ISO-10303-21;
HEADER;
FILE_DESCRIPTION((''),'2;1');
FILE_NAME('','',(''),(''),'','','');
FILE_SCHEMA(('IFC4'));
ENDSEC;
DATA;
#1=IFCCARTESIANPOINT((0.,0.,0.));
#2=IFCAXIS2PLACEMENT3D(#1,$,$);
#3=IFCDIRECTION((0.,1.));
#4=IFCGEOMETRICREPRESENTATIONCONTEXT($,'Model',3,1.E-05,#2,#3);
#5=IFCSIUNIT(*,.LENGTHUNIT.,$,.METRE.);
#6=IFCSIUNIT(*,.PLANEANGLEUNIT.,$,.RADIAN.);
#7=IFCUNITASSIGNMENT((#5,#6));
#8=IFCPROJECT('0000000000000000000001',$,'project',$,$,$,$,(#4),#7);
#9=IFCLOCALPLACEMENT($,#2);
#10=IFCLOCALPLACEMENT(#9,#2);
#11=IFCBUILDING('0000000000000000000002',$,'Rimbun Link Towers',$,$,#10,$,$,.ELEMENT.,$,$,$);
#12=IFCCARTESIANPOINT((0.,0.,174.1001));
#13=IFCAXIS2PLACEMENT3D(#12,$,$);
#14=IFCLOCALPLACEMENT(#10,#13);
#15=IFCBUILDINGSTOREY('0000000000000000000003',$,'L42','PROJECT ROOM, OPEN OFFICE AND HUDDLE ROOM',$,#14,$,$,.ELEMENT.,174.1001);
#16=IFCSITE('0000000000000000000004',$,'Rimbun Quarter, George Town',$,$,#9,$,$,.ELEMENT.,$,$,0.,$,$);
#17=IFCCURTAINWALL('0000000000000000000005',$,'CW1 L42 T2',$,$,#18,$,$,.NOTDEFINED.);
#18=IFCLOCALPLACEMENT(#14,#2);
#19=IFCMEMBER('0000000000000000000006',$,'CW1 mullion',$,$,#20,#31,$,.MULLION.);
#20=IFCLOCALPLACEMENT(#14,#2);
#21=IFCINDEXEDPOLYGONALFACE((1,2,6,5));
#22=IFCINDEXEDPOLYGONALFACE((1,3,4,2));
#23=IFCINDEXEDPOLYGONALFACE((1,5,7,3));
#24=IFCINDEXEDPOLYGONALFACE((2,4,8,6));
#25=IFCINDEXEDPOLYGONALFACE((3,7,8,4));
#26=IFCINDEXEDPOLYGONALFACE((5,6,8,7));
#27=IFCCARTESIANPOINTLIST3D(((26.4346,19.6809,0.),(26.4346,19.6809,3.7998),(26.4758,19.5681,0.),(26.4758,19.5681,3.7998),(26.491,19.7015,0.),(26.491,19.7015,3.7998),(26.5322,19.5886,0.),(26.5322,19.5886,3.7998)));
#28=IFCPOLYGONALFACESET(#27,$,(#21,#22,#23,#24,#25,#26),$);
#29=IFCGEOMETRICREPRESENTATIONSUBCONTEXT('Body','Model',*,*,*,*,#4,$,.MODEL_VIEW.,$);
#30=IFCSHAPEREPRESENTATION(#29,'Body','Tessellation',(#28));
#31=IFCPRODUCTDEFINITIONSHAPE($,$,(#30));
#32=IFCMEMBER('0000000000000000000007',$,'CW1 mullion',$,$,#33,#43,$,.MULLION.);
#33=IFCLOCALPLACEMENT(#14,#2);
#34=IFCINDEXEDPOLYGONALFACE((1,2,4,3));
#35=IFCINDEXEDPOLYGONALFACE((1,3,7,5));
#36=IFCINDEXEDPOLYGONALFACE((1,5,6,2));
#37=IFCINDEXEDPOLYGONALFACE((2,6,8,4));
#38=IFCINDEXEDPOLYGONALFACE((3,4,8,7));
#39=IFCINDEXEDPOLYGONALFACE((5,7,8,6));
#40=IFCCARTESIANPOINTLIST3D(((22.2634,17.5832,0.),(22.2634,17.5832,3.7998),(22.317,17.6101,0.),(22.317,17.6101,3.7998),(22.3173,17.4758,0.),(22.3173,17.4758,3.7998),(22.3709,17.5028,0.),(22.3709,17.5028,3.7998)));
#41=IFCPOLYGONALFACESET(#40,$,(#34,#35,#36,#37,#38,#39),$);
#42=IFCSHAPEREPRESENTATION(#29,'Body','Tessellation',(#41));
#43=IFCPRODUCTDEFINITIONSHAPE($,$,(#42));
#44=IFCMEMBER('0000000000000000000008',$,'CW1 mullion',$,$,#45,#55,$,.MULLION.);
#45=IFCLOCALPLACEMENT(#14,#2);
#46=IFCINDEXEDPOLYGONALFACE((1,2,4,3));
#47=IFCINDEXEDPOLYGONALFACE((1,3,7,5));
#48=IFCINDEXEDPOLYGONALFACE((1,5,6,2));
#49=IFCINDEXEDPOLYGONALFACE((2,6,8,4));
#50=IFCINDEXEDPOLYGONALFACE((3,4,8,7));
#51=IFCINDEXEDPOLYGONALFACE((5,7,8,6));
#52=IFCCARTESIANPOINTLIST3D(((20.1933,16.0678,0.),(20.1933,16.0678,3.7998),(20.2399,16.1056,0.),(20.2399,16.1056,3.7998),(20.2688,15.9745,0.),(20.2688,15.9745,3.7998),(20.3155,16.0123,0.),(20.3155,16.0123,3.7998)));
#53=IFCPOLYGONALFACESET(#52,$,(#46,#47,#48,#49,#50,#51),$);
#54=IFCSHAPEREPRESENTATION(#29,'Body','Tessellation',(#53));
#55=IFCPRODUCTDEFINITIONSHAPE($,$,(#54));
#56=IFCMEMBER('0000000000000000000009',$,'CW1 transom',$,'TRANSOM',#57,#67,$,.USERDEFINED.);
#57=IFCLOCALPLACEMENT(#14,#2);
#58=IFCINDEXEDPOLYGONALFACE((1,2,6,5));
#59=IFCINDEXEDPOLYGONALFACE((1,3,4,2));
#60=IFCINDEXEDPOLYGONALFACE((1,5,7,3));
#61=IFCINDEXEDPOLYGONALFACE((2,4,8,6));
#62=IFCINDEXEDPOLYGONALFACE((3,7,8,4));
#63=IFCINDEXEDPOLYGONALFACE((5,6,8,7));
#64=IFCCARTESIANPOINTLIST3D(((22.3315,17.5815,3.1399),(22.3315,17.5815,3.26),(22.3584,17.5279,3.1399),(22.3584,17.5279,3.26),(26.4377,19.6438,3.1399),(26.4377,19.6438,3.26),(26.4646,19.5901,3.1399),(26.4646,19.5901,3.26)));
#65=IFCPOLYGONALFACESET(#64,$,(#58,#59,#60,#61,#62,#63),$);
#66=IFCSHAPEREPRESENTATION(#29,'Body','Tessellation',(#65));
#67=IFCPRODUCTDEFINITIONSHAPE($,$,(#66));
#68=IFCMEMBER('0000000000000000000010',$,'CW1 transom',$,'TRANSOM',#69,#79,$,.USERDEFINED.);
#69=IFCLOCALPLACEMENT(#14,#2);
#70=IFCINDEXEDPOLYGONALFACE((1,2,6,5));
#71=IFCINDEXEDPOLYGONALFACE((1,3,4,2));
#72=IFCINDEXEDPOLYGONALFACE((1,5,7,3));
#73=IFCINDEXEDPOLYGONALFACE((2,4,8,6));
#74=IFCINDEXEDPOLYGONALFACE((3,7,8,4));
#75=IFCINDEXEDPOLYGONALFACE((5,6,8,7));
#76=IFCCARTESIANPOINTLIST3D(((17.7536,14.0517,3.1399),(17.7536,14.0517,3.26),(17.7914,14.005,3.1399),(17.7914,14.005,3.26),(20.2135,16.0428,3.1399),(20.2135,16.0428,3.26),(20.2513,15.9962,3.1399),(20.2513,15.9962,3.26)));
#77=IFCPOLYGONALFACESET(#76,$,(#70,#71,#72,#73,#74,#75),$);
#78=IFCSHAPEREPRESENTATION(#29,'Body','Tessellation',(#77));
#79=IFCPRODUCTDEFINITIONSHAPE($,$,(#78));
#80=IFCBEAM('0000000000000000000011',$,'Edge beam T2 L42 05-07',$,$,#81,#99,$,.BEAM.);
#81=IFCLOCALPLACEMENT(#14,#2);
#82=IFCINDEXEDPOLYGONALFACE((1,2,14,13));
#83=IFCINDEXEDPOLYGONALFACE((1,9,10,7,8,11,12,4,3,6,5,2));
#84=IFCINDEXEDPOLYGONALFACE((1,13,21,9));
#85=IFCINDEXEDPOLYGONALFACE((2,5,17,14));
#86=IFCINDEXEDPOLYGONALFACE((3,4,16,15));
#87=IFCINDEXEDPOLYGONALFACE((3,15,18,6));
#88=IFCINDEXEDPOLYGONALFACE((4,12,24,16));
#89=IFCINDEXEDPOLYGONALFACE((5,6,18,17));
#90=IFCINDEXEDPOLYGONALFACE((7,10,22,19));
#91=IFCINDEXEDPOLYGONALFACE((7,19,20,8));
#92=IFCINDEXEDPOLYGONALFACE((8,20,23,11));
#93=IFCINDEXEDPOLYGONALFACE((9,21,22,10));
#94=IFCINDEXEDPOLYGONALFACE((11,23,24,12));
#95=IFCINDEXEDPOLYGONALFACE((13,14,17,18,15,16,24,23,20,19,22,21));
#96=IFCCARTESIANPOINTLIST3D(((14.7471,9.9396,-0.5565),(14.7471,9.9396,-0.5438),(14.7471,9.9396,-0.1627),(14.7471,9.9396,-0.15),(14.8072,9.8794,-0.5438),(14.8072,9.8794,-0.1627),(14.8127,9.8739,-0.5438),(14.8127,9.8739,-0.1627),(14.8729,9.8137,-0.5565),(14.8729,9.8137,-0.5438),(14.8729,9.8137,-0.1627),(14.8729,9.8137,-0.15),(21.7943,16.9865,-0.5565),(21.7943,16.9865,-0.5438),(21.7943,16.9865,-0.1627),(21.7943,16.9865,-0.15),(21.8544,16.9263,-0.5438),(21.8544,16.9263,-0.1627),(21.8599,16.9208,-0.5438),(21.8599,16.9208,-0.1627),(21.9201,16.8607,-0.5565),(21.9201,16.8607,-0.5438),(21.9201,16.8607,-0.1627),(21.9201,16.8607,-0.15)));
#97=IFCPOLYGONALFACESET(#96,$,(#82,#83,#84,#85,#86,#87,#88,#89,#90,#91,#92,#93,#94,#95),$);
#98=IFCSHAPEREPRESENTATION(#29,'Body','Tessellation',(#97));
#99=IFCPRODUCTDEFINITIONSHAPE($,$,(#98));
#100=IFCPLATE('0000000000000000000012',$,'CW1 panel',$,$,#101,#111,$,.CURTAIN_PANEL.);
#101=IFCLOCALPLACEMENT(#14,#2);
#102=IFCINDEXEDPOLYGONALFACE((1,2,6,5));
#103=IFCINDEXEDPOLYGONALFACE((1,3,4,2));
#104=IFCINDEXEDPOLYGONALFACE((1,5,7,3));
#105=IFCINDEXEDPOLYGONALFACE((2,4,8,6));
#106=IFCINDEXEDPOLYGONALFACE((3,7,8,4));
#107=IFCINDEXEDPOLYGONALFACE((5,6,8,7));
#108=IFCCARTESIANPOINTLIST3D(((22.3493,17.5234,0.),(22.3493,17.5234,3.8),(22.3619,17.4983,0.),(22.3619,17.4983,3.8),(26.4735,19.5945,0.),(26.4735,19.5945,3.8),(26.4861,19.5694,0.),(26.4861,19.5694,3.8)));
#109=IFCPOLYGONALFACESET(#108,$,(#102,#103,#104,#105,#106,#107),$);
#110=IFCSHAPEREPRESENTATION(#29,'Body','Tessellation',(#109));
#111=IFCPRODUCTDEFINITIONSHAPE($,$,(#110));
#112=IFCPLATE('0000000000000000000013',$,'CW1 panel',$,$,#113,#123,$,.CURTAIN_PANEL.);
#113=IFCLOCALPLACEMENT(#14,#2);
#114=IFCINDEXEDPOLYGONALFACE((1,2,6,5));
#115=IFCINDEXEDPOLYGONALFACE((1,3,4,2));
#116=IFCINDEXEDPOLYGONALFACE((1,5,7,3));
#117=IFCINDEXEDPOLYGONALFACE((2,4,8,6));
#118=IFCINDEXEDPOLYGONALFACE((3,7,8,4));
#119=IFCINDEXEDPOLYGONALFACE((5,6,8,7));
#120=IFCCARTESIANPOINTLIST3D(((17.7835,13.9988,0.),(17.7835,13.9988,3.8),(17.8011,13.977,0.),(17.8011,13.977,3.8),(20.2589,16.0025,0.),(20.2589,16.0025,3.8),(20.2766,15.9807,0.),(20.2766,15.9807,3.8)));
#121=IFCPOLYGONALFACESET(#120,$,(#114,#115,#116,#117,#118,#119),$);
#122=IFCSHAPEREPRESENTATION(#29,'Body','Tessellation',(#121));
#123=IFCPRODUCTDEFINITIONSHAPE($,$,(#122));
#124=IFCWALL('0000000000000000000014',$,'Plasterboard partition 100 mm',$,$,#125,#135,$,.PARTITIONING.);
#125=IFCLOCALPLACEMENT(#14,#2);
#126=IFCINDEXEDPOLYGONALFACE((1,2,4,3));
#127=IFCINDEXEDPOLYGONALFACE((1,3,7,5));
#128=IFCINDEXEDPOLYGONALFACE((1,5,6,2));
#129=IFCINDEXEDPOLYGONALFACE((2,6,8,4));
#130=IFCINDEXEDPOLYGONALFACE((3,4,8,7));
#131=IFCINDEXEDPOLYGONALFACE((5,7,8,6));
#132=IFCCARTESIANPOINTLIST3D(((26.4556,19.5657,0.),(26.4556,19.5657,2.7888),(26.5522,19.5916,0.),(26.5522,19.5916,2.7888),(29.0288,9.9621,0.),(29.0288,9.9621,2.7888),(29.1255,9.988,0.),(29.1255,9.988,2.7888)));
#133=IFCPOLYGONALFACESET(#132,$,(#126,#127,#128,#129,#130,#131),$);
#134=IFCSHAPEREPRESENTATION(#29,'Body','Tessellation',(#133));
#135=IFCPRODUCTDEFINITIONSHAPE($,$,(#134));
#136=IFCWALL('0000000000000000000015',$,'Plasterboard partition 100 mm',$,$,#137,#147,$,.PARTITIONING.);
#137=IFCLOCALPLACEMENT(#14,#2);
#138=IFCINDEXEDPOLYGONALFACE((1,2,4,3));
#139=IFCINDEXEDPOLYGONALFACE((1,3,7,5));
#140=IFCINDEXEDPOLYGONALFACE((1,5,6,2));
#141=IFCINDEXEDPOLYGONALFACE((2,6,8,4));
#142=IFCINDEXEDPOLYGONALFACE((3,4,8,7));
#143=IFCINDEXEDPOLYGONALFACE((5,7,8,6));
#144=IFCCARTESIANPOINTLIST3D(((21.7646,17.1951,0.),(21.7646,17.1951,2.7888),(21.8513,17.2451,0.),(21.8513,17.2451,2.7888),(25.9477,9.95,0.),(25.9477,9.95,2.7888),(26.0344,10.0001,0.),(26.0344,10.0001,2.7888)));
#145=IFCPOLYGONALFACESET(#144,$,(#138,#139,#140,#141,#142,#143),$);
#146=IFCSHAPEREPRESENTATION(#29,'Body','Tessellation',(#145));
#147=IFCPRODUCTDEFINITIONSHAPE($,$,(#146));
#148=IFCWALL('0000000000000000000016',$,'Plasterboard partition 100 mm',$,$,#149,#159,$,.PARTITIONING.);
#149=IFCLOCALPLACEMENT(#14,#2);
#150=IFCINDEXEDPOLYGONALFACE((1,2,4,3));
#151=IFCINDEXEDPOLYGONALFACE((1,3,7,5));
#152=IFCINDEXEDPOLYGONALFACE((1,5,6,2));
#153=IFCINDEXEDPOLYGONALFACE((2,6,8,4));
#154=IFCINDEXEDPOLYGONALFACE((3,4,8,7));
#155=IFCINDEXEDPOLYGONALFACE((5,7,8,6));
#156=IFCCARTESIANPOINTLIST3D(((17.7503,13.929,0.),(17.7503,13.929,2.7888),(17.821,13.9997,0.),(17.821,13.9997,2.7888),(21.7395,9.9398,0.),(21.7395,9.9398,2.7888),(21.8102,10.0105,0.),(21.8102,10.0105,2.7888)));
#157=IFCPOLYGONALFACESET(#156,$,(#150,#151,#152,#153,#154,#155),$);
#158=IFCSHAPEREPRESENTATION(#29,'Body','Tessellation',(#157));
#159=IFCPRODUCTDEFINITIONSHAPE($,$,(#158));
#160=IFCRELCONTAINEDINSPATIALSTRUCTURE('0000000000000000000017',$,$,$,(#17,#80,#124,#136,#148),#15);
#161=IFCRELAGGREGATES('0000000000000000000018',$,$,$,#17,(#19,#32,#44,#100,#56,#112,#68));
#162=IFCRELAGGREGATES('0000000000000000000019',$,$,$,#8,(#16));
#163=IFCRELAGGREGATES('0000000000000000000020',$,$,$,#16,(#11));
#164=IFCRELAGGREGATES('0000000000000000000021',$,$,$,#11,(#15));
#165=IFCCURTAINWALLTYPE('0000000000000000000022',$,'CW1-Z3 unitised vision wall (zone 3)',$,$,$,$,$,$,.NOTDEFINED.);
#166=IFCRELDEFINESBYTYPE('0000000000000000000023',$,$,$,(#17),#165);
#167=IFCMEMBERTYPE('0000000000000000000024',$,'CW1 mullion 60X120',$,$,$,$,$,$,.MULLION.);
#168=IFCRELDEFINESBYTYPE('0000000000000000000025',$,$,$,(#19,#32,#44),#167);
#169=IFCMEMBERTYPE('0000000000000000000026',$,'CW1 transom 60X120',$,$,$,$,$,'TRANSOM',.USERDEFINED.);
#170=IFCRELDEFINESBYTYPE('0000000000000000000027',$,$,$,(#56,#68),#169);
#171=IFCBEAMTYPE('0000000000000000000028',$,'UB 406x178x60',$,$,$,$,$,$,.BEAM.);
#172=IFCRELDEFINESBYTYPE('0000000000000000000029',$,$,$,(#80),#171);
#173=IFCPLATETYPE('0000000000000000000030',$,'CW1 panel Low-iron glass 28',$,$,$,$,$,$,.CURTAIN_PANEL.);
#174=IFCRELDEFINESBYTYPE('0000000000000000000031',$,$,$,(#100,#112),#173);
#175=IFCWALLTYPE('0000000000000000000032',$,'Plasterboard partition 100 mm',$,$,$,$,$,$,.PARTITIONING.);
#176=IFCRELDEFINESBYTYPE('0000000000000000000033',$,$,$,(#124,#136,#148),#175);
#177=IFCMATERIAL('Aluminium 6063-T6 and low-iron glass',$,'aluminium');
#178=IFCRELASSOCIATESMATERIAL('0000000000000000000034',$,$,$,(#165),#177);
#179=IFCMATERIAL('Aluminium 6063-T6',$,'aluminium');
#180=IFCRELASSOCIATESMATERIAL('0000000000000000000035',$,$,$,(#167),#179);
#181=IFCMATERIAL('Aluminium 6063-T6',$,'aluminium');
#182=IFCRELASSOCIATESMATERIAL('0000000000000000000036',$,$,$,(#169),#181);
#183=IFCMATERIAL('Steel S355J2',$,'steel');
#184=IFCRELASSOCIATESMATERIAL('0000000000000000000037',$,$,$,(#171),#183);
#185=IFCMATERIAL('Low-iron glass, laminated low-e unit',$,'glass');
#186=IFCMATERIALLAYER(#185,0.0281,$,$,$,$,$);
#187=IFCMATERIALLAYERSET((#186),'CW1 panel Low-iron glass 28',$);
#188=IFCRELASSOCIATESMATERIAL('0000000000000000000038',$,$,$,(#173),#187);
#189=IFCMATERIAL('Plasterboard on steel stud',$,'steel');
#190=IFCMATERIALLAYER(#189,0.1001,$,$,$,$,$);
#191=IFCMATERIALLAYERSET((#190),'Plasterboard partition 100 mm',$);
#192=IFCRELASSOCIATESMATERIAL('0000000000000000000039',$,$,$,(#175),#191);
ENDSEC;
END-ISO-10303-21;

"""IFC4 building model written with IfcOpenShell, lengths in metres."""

from ifc_helpers import new_model, si_unit, direction, frame, frame_2d, origin, origin_2d, place, context, subcontext, project, spatial, rectangle, i_section, extrude, material, layer, layer_set, material_profile, profile_set, type_object, element, aggregate, save


model = new_model("IFC4")

# Units and contexts
model_context = context("Model", 3, precision=1e-05, world=origin(), true_north=direction((0.0, 1.0)))
body_context = subcontext(model_context, "Body", "Model", "MODEL_VIEW")
ifc_project = project(units=[si_unit("LENGTHUNIT", "METRE"), si_unit("PLANEANGLEUNIT", "RADIAN")], contexts=[model_context])

# Site, building, storey
site_placement = place(None, origin())
site = spatial("IfcSite", under=ifc_project, at=site_placement, Name="Rimbun Quarter, George Town", CompositionType="ELEMENT", RefElevation=0.0)
building_placement = place(site_placement, origin())
building = spatial("IfcBuilding", under=site, at=building_placement, Name="Rimbun Link Towers", CompositionType="ELEMENT")
storey_placement = place(building_placement, frame((0.0, 0.0, 174.1001)))
storey = spatial("IfcBuildingStorey", under=building, at=storey_placement, Name="L42", Description="PROJECT ROOM, OPEN OFFICE AND HUDDLE ROOM", CompositionType="ELEMENT", Elevation=174.1001)

# Curtain wall, members
ifc_material_1 = material(Name="Aluminium 6063-T6 and low-iron glass", Category="aluminium")
curtain_wall_type = type_object("IfcCurtainWallType", Name="CW1-Z3 unitised vision wall (zone 3)", PredefinedType="NOTDEFINED", material=ifc_material_1)
curtain_wall_placement = place(storey_placement, origin())
curtain_wall = element("IfcCurtainWall", 1, at=curtain_wall_placement, inside=storey, type_object=curtain_wall_type, Name="CW1 L42 T2", PredefinedType="NOTDEFINED")
ifc_material_2 = material(Name="Aluminium 6063-T6", Category="aluminium")
ifc_material_profile_1 = material_profile(ifc_material_2, rectangle(XDim=0.1201, YDim=0.0601, at=origin_2d()), Name="MULLION 60X120")
ifc_profile_set_1 = profile_set([ifc_material_profile_1], Name="Aluminium 6063-T6")
member_type_1 = type_object("IfcMemberType", Name="CW1 mullion 60X120", PredefinedType="MULLION", material=ifc_profile_set_1)
member_1_placement = place(storey_placement, frame((26.4834, 19.6348, 0.0), z_axis=(0.0, 0.0, 1.0), x_axis=(-0.342962, 0.939349, 0.0)))
member_1 = element("IfcMember", 2, at=member_1_placement, type_object=member_type_1, Name="CW1 mullion", PredefinedType="MULLION", context=body_context, shape_type="SweptSolid", body=[
    extrude(rectangle(XDim=0.1201, YDim=0.0601, at=origin_2d()), origin(), (0.0, 0.0, 1.0), 3.7998),
])
member_2_placement = place(storey_placement, frame((22.3171, 17.543, 0.0), z_axis=(0.0, 0.0, 1.0), x_axis=(-0.448773, 0.893646, 0.0)))
member_2 = element("IfcMember", 3, at=member_2_placement, type_object=member_type_1, Name="CW1 mullion", PredefinedType="MULLION", context=body_context, shape_type="SweptSolid", body=[
    extrude(rectangle(XDim=0.1201, YDim=0.0601, at=origin_2d()), origin(), (0.0, 0.0, 1.0), 3.7998),
])
member_3_placement = place(storey_placement, frame((20.2544, 16.04, 0.0), z_axis=(0.0, 0.0, 1.0), x_axis=(-0.629158, 0.777278, 0.0)))
member_3 = element("IfcMember", 4, at=member_3_placement, type_object=member_type_1, Name="CW1 mullion", PredefinedType="MULLION", context=body_context, shape_type="SweptSolid", body=[
    extrude(rectangle(XDim=0.1201, YDim=0.0601, at=origin_2d()), origin(), (0.0, 0.0, 1.0), 3.7998),
])
ifc_material_3 = material(Name="Aluminium 6063-T6", Category="aluminium")
ifc_material_profile_2 = material_profile(ifc_material_3, rectangle(XDim=0.0601, YDim=0.1201, at=origin_2d()), Name="TRANSOM 60X120")
ifc_profile_set_2 = profile_set([ifc_material_profile_2], Name="Aluminium 6063-T6")
member_type_2 = type_object("IfcMemberType", Name="CW1 transom 60X120", ElementType="TRANSOM", PredefinedType="USERDEFINED", material=ifc_profile_set_2)
member_4_placement = place(storey_placement, frame((22.345, 17.5547, 3.2), z_axis=(0.893629, 0.448807, 0.0), x_axis=(-0.448807, 0.893629, 0.0)))
member_4 = element("IfcMember", 5, at=member_4_placement, type_object=member_type_2, Name="CW1 transom", ObjectType="TRANSOM", PredefinedType="USERDEFINED", context=body_context, shape_type="SweptSolid", body=[
    extrude(rectangle(XDim=0.0601, YDim=0.1201, at=origin_2d()), origin(), (0.0, 0.0, 1.0), 4.595),
])
member_5_placement = place(storey_placement, frame((17.7725, 14.0283, 3.2), z_axis=(0.777274, 0.629163, 0.0), x_axis=(-0.629163, 0.777274, 0.0)))
member_5 = element("IfcMember", 6, at=member_5_placement, type_object=member_type_2, Name="CW1 transom", ObjectType="TRANSOM", PredefinedType="USERDEFINED", context=body_context, shape_type="SweptSolid", body=[
    extrude(rectangle(XDim=0.0601, YDim=0.1201, at=origin_2d()), origin(), (0.0, 0.0, 1.0), 3.1648),
])

# Beam
ifc_material_4 = material(Name="Steel S355J2", Category="steel")
ifc_material_profile_3 = material_profile(ifc_material_4, i_section(OverallWidth=0.178, OverallDepth=0.4065, WebThickness=0.0078, FlangeThickness=0.0127, at=origin_2d()), Name="UB 406x178x60")
ifc_profile_set_3 = profile_set([ifc_material_profile_3], Name="Steel S355J2")
beam_type = type_object("IfcBeamType", Name="UB 406x178x60", PredefinedType="BEAM", material=ifc_profile_set_3)
beam_placement = place(storey_placement, frame((21.8572, 16.9236, -0.3533), z_axis=(-0.707119, -0.707095, 0.0), x_axis=(0.707095, -0.707119, 0.0)))
element("IfcBeam", 7, at=beam_placement, inside=storey, type_object=beam_type, Name="Edge beam T2 L42 05-07", PredefinedType="BEAM", context=body_context, shape_type="SweptSolid", body=[
    extrude(i_section(OverallWidth=0.178, OverallDepth=0.4065, WebThickness=0.0078, FlangeThickness=0.0127, at=origin_2d()), origin(), (0.0, 0.0, 1.0), 9.9661),
])

# Plates
ifc_material_5 = material(Name="Low-iron glass, laminated low-e unit", Category="glass")
ifc_layer_1 = layer(ifc_material_5, 0.0281)
ifc_layer_set_1 = layer_set([ifc_layer_1], Name="CW1 panel Low-iron glass 28")
plate_type = type_object("IfcPlateType", Name="CW1 panel Low-iron glass 28", PredefinedType="CURTAIN_PANEL", material=ifc_layer_set_1)
plate_1_placement = place(storey_placement, frame((24.4177, 18.5464, 0.0), z_axis=(0.0, 0.0, 1.0), x_axis=(0.893646, 0.448773, 0.0)))
plate_1 = element("IfcPlate", 8, at=plate_1_placement, type_object=plate_type, Name="CW1 panel", PredefinedType="CURTAIN_PANEL", context=body_context, shape_type="SweptSolid", body=[
    extrude(rectangle(XDim=4.615, YDim=0.0281, at=origin_2d()), origin(), (0.0, 0.0, 1.0), 3.8),
])
plate_2_placement = place(storey_placement, frame((19.03, 14.9897, 0.0), z_axis=(0.0, 0.0, 1.0), x_axis=(0.777278, 0.629158, 0.0)))
plate_2 = element("IfcPlate", 9, at=plate_2_placement, type_object=plate_type, Name="CW1 panel", PredefinedType="CURTAIN_PANEL", context=body_context, shape_type="SweptSolid", body=[
    extrude(rectangle(XDim=3.1848, YDim=0.0281, at=origin_2d()), origin(), (0.0, 0.0, 1.0), 3.8),
])
aggregate(curtain_wall, [member_1, member_2, member_3, plate_1, member_4, plate_2, member_5])

# Walls
ifc_material_6 = material(Name="Plasterboard on steel stud", Category="steel")
ifc_layer_2 = layer(ifc_material_6, 0.1001)
ifc_layer_set_2 = layer_set([ifc_layer_2], Name="Plasterboard partition 100 mm")
wall_type = type_object("IfcWallType", Name="Plasterboard partition 100 mm", PredefinedType="PARTITIONING", material=ifc_layer_set_2)
wall_1_placement = place(storey_placement, frame((26.5039, 19.5786, 0.0), z_axis=(0.0, 0.0, 1.0), x_axis=(0.258818, -0.965926, 0.0)))
element("IfcWall", 10, at=wall_1_placement, inside=storey, type_object=wall_type, Name="Plasterboard partition 100 mm", PredefinedType="PARTITIONING", context=body_context, shape_type="SweptSolid", body=[
    extrude(rectangle(XDim=9.9424, YDim=0.1001, at=frame_2d((4.9712, 0.0))), origin(), (0.0, 0.0, 1.0), 2.7888),
])
wall_2_placement = place(storey_placement, frame((21.8079, 17.2202, 0.0), z_axis=(0.0, 0.0, 1.0), x_axis=(0.500012, -0.866018, 0.0)))
element("IfcWall", 11, at=wall_2_placement, inside=storey, type_object=wall_type, Name="Plasterboard partition 100 mm", PredefinedType="PARTITIONING", context=body_context, shape_type="SweptSolid", body=[
    extrude(rectangle(XDim=8.366, YDim=0.1001, at=frame_2d((4.1831, 0.0))), origin(), (0.0, 0.0, 1.0), 2.7888),
])
wall_3_placement = place(storey_placement, frame((17.7856, 13.9644, 0.0), z_axis=(0.0, 0.0, 1.0), x_axis=(0.707107, -0.707107, 0.0)))
element("IfcWall", 12, at=wall_3_placement, inside=storey, type_object=wall_type, Name="Plasterboard partition 100 mm", PredefinedType="PARTITIONING", context=body_context, shape_type="SweptSolid", body=[
    extrude(rectangle(XDim=5.6416, YDim=0.1001, at=frame_2d((2.8208, 0.0))), origin(), (0.0, 0.0, 1.0), 2.7888),
])

save(model, "model.ifc")
